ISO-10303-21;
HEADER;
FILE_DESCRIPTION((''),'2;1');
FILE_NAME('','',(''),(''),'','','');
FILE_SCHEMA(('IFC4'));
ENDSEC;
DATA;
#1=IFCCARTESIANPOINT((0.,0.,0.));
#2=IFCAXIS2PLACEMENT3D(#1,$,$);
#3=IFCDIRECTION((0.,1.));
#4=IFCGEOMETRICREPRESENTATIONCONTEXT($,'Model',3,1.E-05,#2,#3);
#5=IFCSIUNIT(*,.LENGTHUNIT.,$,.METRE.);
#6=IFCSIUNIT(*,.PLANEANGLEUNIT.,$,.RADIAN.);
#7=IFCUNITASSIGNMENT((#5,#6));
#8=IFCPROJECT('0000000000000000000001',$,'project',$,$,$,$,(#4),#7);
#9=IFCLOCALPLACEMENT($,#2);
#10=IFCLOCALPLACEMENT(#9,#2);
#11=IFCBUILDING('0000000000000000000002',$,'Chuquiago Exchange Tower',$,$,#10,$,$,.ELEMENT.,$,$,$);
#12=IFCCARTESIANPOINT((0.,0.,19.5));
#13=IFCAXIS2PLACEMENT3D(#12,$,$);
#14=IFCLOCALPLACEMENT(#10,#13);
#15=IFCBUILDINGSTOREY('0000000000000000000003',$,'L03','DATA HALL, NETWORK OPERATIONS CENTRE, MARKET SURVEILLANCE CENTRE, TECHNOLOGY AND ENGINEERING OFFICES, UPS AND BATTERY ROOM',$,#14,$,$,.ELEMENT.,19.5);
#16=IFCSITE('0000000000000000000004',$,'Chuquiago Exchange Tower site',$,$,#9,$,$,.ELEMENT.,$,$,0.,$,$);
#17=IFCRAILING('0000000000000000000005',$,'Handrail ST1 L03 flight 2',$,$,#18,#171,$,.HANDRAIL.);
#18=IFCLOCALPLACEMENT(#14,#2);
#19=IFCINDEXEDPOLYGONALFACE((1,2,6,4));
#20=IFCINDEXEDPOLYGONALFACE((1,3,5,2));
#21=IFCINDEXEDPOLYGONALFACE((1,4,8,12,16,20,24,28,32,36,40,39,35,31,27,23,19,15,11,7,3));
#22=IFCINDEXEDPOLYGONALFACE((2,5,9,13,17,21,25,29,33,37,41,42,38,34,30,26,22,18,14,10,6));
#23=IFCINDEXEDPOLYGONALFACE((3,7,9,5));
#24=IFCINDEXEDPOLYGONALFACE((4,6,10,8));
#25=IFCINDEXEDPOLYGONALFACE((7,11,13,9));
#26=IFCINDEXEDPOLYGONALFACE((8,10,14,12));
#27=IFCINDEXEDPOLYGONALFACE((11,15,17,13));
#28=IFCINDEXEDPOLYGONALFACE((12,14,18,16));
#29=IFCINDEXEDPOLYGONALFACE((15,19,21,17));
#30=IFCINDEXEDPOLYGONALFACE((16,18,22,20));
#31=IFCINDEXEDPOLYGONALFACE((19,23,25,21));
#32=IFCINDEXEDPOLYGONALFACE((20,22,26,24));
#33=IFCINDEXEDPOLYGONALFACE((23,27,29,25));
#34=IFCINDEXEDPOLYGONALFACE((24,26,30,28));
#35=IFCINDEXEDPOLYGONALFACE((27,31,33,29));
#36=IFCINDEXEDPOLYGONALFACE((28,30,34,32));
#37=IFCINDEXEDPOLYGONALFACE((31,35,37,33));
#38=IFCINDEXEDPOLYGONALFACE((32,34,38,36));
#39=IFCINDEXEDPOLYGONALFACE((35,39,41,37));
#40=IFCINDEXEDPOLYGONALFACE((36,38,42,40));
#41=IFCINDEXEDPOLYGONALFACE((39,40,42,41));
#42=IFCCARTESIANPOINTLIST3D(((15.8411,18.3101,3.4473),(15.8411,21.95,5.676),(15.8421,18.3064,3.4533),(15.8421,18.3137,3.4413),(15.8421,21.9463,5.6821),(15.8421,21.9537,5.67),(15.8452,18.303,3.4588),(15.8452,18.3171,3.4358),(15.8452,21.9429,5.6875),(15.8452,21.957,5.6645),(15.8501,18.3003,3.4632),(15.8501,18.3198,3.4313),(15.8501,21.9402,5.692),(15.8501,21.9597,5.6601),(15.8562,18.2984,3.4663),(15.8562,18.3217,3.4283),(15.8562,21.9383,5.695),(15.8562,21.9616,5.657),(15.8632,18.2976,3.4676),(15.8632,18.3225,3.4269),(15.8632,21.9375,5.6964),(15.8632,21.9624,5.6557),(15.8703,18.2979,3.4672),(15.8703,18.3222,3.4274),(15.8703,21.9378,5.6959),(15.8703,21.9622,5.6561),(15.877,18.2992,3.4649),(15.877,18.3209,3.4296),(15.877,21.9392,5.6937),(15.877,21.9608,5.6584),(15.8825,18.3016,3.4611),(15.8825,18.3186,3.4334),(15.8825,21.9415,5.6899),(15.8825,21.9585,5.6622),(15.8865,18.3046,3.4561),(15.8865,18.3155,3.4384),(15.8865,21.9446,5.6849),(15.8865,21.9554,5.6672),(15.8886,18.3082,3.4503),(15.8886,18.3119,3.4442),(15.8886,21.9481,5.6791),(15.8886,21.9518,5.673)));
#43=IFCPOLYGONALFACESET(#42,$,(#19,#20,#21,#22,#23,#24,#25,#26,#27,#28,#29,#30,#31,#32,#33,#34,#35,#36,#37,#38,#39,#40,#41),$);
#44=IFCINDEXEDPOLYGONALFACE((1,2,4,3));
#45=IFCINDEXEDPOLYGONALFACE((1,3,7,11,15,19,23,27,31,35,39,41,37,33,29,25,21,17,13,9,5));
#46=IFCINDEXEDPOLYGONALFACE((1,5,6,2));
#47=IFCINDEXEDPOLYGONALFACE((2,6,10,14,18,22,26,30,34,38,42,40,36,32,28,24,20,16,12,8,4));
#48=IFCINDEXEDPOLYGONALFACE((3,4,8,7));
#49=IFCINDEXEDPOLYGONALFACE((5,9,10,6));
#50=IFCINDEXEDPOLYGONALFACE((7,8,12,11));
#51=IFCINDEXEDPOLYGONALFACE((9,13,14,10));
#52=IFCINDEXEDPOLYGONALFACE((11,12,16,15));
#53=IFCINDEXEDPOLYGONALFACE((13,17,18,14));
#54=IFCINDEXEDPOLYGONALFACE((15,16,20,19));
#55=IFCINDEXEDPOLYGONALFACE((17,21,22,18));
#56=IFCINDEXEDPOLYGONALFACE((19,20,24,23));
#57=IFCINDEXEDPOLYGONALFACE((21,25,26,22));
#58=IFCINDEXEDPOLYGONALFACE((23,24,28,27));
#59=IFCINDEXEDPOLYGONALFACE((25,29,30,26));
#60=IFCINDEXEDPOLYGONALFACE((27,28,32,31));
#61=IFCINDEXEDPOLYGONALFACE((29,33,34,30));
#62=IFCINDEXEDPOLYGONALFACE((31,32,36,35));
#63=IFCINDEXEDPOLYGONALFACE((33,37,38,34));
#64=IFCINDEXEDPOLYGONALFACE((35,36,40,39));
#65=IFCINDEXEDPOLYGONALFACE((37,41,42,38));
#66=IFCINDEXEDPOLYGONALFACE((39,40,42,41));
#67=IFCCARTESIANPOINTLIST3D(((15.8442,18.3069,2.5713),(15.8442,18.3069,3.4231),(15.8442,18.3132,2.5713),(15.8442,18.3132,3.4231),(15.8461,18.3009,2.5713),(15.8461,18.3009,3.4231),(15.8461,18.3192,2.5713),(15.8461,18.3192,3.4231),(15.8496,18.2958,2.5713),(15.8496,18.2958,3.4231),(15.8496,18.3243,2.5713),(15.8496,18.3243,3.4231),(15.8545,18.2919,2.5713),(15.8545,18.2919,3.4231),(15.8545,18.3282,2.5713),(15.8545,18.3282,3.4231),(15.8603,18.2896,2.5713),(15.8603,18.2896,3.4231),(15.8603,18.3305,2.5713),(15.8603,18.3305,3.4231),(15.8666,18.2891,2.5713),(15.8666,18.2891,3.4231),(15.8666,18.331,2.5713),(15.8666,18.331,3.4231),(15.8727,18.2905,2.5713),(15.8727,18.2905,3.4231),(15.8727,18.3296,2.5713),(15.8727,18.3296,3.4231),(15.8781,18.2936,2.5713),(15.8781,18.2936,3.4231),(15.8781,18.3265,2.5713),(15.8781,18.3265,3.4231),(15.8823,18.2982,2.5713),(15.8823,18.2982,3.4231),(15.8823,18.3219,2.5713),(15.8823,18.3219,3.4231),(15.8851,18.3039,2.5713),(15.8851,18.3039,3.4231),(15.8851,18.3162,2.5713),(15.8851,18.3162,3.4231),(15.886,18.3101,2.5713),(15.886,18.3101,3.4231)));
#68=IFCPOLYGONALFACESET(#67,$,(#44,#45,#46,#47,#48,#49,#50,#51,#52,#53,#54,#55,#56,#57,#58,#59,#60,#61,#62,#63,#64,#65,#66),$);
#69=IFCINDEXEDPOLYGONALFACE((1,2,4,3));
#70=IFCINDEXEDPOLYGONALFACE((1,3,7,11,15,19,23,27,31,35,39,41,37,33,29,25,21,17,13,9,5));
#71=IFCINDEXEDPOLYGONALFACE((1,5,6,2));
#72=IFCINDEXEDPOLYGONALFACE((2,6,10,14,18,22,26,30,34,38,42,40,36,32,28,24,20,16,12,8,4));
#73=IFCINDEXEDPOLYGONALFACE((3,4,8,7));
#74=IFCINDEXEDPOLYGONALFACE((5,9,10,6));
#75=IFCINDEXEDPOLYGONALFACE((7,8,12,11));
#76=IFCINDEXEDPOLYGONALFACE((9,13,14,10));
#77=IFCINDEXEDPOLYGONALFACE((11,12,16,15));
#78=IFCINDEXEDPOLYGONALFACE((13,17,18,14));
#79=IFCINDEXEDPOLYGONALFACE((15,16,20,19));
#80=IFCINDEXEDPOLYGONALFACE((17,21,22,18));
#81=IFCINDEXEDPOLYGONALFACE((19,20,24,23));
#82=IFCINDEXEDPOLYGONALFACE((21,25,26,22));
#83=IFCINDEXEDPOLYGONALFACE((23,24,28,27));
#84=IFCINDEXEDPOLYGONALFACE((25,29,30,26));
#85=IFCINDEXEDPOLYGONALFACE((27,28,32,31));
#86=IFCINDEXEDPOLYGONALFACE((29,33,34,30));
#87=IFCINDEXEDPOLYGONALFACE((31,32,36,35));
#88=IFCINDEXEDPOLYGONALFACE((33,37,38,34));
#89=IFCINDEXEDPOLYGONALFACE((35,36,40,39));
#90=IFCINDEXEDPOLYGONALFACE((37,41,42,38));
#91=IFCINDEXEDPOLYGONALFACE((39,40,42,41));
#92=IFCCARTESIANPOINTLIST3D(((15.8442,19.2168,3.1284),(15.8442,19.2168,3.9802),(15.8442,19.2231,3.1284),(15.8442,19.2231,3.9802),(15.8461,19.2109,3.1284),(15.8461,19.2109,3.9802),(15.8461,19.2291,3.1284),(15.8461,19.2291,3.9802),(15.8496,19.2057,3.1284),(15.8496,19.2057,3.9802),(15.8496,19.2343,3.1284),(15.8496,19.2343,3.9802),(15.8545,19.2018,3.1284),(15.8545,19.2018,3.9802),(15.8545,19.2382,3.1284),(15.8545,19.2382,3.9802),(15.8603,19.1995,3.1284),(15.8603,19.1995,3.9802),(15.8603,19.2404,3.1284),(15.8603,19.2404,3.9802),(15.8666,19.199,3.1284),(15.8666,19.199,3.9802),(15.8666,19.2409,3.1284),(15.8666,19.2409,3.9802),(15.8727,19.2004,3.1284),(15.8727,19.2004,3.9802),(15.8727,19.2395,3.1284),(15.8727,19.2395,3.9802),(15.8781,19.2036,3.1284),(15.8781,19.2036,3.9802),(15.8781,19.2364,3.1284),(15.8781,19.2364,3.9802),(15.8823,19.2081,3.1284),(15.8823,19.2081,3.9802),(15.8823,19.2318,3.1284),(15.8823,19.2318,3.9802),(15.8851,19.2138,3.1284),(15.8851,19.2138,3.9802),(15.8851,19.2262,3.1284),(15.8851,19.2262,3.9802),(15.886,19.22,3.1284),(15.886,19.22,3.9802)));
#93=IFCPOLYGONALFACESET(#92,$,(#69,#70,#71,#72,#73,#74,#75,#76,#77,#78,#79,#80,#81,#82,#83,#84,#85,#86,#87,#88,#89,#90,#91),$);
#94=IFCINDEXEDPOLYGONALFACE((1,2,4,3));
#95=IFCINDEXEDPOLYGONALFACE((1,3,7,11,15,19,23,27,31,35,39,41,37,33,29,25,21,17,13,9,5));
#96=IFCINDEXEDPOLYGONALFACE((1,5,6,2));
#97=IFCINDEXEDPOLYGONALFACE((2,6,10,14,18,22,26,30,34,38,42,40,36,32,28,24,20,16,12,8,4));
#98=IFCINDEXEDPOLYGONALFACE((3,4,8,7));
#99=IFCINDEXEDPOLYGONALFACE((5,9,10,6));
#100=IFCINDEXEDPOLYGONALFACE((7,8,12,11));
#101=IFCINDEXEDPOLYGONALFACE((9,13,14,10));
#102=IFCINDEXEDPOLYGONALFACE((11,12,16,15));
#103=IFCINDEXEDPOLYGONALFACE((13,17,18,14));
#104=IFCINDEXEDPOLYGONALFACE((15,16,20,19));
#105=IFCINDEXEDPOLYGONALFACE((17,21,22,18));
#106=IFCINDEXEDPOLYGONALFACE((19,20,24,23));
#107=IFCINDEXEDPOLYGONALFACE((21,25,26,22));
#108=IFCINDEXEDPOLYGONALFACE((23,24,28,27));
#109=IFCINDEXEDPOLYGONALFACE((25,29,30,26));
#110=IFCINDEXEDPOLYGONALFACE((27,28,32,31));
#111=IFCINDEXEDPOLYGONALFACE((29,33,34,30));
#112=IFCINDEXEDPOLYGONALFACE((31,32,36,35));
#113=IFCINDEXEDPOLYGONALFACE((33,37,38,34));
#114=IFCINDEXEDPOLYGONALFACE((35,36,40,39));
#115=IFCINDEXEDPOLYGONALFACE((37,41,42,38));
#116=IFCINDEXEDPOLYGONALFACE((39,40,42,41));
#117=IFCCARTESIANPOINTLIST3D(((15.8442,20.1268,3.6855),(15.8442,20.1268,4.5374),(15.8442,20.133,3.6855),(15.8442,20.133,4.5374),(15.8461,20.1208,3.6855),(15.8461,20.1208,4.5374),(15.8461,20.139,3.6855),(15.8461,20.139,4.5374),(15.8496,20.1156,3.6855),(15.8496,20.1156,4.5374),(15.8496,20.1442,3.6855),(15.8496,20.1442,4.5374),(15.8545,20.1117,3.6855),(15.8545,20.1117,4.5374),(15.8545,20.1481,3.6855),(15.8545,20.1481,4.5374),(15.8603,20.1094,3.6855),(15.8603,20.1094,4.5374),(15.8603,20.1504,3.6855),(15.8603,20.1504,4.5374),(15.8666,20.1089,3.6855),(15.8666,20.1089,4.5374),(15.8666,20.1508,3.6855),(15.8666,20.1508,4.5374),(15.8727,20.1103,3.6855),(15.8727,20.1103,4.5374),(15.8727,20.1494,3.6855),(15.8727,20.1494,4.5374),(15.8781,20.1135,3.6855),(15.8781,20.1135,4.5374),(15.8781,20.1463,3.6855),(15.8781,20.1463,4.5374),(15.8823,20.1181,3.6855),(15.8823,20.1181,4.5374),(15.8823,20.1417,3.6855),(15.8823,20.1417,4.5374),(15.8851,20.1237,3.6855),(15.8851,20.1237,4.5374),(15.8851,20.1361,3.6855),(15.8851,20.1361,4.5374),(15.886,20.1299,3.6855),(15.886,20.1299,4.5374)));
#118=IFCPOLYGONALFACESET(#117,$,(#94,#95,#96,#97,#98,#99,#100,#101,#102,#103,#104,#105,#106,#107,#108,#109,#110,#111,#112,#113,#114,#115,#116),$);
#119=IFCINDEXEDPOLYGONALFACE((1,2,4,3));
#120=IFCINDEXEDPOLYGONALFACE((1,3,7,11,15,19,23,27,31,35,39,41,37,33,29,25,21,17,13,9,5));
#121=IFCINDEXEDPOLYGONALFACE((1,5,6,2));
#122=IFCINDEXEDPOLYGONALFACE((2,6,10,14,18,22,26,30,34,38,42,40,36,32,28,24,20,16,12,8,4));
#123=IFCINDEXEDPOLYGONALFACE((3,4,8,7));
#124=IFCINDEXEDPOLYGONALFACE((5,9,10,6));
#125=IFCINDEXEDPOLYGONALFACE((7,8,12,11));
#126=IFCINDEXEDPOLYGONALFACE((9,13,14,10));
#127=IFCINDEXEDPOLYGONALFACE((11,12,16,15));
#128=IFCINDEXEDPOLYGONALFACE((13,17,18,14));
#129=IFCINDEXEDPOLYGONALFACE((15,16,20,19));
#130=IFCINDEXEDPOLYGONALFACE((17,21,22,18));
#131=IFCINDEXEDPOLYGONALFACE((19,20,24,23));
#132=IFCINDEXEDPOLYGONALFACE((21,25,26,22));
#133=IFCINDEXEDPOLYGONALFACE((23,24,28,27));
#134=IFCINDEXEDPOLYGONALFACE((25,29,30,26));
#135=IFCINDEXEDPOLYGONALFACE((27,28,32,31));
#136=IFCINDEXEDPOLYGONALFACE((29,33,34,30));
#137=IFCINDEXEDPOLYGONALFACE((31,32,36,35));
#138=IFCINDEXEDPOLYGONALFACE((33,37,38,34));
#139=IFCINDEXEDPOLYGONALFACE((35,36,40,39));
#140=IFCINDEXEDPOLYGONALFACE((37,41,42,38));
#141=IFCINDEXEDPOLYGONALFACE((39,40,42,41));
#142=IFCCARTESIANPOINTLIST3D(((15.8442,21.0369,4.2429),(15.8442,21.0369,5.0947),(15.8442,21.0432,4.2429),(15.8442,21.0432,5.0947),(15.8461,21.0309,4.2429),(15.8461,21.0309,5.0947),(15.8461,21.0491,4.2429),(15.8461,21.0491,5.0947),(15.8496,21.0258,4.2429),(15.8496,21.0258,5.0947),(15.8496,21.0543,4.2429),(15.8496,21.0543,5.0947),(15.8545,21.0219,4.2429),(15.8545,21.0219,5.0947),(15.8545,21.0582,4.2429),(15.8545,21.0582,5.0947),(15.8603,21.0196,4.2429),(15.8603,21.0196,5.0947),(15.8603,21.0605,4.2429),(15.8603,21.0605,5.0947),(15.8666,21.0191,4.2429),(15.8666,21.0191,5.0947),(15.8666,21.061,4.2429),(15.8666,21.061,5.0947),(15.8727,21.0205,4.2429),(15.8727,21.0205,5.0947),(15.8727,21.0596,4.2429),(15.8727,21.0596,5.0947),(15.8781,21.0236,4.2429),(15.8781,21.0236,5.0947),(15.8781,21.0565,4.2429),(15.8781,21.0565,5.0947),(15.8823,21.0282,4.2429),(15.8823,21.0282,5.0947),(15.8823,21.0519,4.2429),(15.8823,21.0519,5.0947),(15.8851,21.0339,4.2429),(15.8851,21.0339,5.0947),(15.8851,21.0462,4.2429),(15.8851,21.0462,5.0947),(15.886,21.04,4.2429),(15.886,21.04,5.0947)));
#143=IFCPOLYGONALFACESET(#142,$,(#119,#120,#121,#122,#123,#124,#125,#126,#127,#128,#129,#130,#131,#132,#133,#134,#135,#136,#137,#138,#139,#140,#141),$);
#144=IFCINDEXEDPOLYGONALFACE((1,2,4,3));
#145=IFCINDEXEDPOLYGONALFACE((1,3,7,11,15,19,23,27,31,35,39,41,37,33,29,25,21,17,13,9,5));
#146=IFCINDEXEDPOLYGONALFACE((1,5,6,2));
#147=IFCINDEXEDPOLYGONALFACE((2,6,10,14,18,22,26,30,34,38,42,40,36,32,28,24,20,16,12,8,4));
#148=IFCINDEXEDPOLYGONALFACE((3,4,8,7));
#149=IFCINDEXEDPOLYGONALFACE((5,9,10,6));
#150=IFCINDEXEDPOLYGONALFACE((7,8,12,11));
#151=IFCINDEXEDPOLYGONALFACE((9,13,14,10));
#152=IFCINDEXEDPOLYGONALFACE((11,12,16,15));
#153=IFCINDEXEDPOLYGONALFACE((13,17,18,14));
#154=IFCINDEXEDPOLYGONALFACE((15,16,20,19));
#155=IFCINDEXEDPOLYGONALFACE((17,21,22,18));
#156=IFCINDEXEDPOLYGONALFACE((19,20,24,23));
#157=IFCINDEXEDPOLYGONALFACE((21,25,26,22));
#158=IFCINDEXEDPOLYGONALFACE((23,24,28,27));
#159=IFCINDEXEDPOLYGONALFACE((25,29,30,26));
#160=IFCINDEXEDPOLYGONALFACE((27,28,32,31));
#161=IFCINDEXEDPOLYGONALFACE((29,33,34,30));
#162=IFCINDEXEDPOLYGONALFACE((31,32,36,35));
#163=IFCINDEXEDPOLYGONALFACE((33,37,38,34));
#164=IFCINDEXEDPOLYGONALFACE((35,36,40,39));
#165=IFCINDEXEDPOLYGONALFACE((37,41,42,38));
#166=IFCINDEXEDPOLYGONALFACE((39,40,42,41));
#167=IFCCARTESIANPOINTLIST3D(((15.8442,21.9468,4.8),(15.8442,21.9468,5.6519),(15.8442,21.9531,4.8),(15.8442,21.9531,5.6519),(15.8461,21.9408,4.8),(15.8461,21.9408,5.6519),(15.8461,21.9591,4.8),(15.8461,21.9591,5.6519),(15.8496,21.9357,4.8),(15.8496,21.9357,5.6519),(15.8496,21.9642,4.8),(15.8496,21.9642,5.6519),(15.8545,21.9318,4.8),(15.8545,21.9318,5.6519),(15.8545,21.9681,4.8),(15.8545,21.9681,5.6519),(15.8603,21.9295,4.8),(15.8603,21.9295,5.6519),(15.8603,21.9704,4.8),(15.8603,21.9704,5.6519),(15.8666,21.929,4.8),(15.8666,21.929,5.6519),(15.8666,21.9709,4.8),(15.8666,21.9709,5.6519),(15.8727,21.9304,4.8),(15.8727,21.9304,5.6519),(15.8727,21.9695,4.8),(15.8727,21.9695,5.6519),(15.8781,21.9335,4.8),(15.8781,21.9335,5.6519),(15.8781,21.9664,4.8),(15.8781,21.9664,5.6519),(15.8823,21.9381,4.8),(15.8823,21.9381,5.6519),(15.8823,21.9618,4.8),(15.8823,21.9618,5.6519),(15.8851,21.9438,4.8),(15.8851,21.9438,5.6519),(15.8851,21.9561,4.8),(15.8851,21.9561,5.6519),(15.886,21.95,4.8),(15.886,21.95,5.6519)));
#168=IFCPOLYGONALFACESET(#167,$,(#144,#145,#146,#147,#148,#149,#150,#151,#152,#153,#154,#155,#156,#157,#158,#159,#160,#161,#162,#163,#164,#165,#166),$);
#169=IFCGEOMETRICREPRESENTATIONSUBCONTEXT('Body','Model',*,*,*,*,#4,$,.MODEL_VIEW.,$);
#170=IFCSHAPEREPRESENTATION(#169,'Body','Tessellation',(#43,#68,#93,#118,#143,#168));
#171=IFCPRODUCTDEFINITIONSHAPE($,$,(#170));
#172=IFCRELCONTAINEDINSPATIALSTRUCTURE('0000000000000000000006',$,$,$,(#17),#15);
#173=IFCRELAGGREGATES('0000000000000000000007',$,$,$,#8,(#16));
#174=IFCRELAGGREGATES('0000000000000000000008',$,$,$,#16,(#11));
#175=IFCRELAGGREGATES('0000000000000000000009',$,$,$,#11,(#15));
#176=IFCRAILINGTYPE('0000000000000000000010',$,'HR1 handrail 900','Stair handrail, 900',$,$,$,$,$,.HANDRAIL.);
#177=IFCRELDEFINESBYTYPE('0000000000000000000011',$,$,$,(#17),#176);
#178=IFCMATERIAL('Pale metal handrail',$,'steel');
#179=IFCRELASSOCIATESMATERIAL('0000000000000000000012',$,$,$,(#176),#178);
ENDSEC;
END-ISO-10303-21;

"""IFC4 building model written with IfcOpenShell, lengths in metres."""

from ifc_helpers import new_model, si_unit, direction, frame, origin, origin_2d, place, context, subcontext, project, spatial, circle, extrude, material, type_object, element, save


model = new_model("IFC4")

# Units and contexts
model_context = context("Model", 3, precision=1e-05, world=origin(), true_north=direction((0.0, 1.0)))
body_context = subcontext(model_context, "Body", "Model", "MODEL_VIEW")
ifc_project = project(units=[si_unit("LENGTHUNIT", "METRE"), si_unit("PLANEANGLEUNIT", "RADIAN")], contexts=[model_context])

# Site, building, storey
site_placement = place(None, origin())
site = spatial("IfcSite", under=ifc_project, at=site_placement, Name="Chuquiago Exchange Tower site", CompositionType="ELEMENT", RefElevation=0.0)
building_placement = place(site_placement, origin())
building = spatial("IfcBuilding", under=site, at=building_placement, Name="Chuquiago Exchange Tower", CompositionType="ELEMENT")
storey_placement = place(building_placement, frame((0.0, 0.0, 19.5)))
storey = spatial("IfcBuildingStorey", under=building, at=storey_placement, Name="L03", Description="DATA HALL, NETWORK OPERATIONS CENTRE, MARKET SURVEILLANCE CENTRE, TECHNOLOGY AND ENGINEERING OFFICES, UPS AND BATTERY ROOM", CompositionType="ELEMENT", Elevation=19.5)

# Railing
ifc_material_1 = material(Name="Pale metal handrail", Category="steel")
railing_type = type_object("IfcRailingType", Name="HR1 handrail 900", Description="Stair handrail, 900", PredefinedType="HANDRAIL", material=ifc_material_1)
for number, where, name in (
    (1, (15.865, 18.3101, 2.5713), "Handrail ST1 L03 flight 2"),
):
    element("IfcRailing", number, at=place(storey_placement, frame(where)), inside=storey, type_object=railing_type, Name=name, PredefinedType="HANDRAIL", context=body_context, shape_type="SweptSolid", body=[
        extrude(circle(Radius=0.0239, at=origin_2d()), frame((0.0, 0.0, 0.876), z_axis=(0.0, 0.852825, 0.522197), x_axis=(-1.0, 0.0, 0.0)), (0.0, 0.0, 1.0), 4.2681),
        extrude(circle(Radius=0.021, at=origin_2d()), origin(), (0.0, 0.0, 1.0), 0.8518),
        extrude(circle(Radius=0.021, at=origin_2d()), frame((0.0, 0.9099, 0.5571)), (0.0, 0.0, 1.0), 0.8518),
        extrude(circle(Radius=0.021, at=origin_2d()), frame((0.0, 1.8198, 1.1143)), (0.0, 0.0, 1.0), 0.8518),
        extrude(circle(Radius=0.021, at=origin_2d()), frame((0.0, 2.73, 1.6716)), (0.0, 0.0, 1.0), 0.8518),
        extrude(circle(Radius=0.021, at=origin_2d()), frame((0.0, 3.6399, 2.2288)), (0.0, 0.0, 1.0), 0.8518),
    ])

save(model, "model.ifc")
